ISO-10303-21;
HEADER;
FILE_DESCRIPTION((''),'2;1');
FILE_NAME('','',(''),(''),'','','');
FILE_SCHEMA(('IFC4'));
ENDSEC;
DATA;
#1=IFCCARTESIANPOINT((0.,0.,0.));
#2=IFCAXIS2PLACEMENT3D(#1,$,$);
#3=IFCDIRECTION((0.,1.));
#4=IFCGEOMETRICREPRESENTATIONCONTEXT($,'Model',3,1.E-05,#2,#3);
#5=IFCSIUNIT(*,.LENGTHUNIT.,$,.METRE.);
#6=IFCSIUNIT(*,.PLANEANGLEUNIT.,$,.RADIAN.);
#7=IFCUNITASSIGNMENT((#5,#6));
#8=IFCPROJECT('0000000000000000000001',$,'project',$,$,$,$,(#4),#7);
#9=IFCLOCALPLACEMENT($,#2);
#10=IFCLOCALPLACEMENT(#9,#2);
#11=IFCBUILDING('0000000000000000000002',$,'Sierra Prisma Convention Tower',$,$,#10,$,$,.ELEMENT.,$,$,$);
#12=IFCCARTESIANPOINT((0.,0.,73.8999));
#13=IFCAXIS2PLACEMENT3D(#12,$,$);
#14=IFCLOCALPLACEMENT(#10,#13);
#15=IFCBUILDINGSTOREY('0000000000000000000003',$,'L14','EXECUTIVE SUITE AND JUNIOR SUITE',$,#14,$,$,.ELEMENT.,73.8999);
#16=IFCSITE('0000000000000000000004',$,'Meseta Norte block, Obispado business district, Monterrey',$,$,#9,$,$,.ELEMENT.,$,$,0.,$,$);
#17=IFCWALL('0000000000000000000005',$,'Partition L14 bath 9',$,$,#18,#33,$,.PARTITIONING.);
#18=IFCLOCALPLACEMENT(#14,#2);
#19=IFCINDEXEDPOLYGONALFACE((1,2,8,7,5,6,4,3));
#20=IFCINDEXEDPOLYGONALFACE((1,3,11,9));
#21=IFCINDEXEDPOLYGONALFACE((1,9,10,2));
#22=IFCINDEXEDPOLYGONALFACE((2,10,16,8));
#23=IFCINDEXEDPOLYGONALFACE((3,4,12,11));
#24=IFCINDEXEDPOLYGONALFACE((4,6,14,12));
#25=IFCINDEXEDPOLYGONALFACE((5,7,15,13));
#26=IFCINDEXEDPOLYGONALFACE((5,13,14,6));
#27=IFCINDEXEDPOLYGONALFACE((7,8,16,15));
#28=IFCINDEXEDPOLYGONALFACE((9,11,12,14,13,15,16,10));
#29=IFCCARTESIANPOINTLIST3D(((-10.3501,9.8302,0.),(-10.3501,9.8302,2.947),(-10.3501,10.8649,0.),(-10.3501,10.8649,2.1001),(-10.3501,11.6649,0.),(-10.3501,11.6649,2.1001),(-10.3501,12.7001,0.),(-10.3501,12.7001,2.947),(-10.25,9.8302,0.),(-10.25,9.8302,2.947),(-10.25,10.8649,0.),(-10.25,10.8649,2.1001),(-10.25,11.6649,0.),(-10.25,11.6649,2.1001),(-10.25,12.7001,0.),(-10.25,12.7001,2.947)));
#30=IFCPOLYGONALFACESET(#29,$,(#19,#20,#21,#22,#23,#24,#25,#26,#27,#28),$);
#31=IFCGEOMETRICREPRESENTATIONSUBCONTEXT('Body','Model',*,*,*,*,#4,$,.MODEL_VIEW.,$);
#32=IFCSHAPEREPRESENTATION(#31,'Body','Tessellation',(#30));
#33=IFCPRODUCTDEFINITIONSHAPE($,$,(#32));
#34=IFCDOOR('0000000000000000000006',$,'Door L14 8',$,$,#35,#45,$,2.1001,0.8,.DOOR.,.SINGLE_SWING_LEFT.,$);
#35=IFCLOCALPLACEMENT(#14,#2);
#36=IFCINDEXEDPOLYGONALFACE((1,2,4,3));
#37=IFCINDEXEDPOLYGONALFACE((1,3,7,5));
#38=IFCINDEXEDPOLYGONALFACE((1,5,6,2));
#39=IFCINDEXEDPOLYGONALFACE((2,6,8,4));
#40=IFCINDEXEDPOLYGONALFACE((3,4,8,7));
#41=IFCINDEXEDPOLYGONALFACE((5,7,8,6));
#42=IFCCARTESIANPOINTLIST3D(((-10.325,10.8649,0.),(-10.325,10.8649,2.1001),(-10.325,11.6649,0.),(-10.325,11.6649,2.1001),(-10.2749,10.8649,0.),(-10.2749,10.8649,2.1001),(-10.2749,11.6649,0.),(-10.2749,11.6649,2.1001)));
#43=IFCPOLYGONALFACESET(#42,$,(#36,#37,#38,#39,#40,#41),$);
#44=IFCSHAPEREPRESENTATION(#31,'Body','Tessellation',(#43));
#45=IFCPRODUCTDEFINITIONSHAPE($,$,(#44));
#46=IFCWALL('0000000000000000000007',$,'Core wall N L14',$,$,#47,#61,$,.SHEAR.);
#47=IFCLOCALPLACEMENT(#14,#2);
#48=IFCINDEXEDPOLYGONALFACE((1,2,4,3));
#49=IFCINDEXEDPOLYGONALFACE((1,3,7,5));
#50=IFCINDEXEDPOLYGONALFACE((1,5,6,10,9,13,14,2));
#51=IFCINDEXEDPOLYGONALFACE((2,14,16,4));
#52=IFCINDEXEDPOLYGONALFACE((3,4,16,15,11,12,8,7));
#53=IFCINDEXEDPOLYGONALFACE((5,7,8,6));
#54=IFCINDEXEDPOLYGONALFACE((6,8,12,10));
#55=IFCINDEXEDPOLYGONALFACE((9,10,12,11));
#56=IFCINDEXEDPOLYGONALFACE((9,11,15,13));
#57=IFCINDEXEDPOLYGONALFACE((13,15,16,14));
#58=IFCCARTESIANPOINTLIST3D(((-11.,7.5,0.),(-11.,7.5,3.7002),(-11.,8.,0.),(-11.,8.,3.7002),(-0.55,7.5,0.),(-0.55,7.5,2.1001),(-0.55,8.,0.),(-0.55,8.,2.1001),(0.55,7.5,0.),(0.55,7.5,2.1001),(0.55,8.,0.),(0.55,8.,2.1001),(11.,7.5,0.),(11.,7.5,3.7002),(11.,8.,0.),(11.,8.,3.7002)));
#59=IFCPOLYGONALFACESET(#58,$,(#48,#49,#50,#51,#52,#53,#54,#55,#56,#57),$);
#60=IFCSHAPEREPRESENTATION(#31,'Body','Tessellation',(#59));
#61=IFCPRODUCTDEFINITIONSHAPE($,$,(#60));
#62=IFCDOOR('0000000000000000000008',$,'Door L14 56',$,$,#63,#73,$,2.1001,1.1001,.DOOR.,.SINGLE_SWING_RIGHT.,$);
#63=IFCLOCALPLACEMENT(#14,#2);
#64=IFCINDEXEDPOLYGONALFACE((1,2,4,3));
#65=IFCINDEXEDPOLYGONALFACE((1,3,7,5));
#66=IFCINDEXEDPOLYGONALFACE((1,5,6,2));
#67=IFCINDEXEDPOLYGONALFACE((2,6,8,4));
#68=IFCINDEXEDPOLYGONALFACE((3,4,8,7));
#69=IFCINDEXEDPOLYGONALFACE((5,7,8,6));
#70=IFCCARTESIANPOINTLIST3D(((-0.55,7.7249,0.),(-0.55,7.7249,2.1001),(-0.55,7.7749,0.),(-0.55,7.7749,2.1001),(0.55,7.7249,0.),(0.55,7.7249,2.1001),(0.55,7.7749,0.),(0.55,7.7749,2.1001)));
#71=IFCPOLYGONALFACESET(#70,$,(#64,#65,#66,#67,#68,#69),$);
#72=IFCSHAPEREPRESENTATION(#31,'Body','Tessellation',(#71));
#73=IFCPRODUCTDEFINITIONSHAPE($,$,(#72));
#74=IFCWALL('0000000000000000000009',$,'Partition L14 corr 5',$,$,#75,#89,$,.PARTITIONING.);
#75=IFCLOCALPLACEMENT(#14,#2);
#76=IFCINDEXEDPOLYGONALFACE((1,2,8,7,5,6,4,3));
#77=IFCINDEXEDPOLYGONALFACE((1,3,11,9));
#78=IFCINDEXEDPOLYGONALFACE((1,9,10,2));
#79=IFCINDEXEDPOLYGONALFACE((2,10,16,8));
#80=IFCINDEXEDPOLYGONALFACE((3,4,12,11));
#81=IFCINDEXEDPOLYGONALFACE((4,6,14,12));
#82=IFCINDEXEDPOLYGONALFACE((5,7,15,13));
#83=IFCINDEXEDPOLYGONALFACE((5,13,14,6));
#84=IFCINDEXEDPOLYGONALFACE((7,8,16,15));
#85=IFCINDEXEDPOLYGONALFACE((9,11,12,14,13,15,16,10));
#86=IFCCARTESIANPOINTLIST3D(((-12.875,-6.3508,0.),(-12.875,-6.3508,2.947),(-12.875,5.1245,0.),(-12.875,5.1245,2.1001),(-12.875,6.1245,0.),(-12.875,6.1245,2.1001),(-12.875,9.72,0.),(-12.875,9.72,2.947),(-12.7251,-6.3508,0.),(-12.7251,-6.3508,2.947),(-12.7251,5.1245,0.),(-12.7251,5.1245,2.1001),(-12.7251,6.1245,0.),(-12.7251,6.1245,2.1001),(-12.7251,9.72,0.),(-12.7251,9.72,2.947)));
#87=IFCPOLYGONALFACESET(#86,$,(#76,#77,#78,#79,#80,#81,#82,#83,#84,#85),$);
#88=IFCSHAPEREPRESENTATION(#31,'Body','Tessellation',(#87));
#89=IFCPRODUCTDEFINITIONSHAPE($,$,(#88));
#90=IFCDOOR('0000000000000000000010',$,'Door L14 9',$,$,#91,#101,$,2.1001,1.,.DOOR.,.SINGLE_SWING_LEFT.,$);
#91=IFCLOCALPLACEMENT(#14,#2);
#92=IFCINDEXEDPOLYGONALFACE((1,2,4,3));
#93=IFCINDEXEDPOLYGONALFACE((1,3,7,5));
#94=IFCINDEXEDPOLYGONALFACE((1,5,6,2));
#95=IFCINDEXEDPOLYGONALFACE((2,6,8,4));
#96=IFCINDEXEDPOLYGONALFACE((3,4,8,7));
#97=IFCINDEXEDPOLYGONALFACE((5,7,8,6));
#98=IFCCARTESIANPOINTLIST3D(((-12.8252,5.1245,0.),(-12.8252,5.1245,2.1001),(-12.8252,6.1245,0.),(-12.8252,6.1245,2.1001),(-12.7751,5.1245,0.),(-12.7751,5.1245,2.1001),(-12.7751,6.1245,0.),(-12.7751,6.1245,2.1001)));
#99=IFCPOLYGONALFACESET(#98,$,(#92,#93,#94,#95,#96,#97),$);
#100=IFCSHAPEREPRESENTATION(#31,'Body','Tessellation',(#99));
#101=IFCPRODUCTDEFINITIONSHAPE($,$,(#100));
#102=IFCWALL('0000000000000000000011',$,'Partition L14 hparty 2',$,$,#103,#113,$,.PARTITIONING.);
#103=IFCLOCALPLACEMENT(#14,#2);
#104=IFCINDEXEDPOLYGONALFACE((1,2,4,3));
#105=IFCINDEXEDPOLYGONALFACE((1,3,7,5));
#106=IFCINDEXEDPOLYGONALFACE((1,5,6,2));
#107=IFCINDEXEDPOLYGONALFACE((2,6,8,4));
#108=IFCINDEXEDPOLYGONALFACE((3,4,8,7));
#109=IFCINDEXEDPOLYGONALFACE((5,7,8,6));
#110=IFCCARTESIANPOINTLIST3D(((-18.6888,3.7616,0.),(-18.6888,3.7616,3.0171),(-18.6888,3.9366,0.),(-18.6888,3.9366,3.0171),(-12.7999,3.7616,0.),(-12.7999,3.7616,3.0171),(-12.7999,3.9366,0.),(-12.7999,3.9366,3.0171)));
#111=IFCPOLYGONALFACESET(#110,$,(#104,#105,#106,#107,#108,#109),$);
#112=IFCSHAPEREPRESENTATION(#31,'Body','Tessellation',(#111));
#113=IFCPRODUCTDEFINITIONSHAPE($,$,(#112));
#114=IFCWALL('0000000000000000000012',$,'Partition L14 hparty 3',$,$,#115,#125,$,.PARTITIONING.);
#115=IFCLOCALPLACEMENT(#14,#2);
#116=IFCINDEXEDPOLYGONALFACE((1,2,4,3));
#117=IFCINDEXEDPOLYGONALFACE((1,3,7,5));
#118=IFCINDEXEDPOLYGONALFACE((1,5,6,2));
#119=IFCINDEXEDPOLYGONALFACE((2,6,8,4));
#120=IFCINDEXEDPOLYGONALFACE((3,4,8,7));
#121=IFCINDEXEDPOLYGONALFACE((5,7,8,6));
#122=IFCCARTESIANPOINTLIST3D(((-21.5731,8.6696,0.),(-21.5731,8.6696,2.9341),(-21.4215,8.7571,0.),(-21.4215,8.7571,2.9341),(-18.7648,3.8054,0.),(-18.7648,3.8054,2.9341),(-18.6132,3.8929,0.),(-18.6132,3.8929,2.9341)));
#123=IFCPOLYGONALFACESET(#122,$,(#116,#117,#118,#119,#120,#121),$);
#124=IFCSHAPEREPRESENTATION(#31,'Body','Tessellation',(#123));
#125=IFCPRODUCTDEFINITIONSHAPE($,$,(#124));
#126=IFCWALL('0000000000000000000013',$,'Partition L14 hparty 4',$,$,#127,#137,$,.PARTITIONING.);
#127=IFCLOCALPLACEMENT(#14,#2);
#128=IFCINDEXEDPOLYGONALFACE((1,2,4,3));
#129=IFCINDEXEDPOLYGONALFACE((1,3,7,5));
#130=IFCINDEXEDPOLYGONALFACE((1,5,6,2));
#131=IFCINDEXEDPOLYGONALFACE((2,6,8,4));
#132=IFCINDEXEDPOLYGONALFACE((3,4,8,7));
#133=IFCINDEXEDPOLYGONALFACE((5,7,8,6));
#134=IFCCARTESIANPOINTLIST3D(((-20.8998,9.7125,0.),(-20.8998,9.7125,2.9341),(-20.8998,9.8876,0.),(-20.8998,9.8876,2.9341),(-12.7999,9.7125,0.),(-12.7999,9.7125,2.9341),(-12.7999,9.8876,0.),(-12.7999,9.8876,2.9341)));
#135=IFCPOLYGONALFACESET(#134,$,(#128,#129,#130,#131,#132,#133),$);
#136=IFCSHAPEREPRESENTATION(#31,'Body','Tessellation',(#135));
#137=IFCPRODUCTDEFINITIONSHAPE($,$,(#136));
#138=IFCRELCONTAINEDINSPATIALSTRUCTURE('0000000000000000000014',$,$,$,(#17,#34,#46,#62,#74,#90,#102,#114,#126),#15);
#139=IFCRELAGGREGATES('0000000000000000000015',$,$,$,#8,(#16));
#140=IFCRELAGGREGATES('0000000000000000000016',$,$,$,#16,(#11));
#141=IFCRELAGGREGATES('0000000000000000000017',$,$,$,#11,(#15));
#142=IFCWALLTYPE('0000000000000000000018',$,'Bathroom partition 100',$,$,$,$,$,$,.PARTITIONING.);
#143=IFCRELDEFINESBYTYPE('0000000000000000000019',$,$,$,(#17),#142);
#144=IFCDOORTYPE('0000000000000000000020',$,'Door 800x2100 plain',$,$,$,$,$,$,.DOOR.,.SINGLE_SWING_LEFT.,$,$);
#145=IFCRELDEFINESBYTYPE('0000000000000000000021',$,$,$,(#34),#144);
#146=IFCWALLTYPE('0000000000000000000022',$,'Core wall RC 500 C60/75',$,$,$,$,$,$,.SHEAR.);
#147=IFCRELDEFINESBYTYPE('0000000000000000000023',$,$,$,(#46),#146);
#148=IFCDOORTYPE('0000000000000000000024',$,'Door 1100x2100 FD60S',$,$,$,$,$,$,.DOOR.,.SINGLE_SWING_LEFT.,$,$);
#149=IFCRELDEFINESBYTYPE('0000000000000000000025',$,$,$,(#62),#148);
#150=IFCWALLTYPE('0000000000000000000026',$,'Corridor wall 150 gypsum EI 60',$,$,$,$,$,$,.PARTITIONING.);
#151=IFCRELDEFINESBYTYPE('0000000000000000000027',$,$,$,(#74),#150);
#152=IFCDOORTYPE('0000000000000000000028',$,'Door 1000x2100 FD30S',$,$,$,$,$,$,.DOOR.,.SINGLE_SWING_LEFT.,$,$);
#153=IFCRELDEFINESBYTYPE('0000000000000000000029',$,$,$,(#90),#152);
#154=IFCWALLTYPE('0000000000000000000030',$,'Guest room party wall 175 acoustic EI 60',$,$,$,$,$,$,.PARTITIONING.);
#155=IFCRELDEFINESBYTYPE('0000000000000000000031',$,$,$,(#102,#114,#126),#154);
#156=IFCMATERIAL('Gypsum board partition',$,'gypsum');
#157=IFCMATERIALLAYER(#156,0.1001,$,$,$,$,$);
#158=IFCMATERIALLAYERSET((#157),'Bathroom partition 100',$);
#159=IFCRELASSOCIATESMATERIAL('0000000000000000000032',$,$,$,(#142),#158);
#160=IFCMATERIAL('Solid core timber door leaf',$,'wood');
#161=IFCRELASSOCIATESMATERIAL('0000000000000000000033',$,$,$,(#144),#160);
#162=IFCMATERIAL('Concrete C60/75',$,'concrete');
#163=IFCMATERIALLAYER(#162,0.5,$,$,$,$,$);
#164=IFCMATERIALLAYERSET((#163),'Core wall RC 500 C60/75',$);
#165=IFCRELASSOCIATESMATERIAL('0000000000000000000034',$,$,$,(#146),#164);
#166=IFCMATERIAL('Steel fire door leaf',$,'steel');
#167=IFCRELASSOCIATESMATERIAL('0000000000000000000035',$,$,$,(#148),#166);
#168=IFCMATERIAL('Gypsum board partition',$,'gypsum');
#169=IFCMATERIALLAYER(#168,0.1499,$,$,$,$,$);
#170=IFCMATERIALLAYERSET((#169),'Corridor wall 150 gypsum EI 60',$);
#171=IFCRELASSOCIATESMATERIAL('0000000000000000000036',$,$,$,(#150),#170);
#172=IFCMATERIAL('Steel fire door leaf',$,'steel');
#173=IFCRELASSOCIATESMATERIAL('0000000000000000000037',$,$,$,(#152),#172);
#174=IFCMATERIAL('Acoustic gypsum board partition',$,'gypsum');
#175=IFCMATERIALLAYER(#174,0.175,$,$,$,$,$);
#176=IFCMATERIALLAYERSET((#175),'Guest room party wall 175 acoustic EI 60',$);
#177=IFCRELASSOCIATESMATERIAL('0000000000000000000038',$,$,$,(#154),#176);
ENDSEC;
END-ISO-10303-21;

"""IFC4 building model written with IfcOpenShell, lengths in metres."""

from ifc_helpers import new_model, si_unit, direction, frame, frame_2d, origin, place, context, subcontext, project, spatial, rectangle, extrude, material, layer, layer_set, type_object, element, fill, save


model = new_model("IFC4")

# Units and contexts
model_context = context("Model", 3, precision=1e-05, world=origin(), true_north=direction((0.0, 1.0)))
body_context = subcontext(model_context, "Body", "Model", "MODEL_VIEW")
ifc_project = project(units=[si_unit("LENGTHUNIT", "METRE"), si_unit("PLANEANGLEUNIT", "RADIAN")], contexts=[model_context])

# Site, building, storey
site_placement = place(None, origin())
site = spatial("IfcSite", under=ifc_project, at=site_placement, Name="Meseta Norte block, Obispado business district, Monterrey", CompositionType="ELEMENT", RefElevation=0.0)
building_placement = place(site_placement, origin())
building = spatial("IfcBuilding", under=site, at=building_placement, Name="Sierra Prisma Convention Tower", CompositionType="ELEMENT")
storey_placement = place(building_placement, frame((0.0, 0.0, 73.8999)))
storey = spatial("IfcBuildingStorey", under=building, at=storey_placement, Name="L14", Description="EXECUTIVE SUITE AND JUNIOR SUITE", CompositionType="ELEMENT", Elevation=73.8999)

# Shared definitions
ifc_material_1 = material(Name="Gypsum board partition", Category="gypsum")
ifc_layer_1 = layer(ifc_material_1, 0.1001)
ifc_layer_set_1 = layer_set([ifc_layer_1], Name="Bathroom partition 100")
wall_type_1 = type_object("IfcWallType", Name="Bathroom partition 100", PredefinedType="PARTITIONING", material=ifc_layer_set_1)
ifc_material_2 = material(Name="Solid core timber door leaf", Category="wood")
door_type_1 = type_object("IfcDoorType", Name="Door 800x2100 plain", OperationType="SINGLE_SWING_LEFT", PredefinedType="DOOR", material=ifc_material_2)

# Walls, openings, doors
wall_1_placement = place(storey_placement, frame((-10.3, 9.8301, 0.0), z_axis=(0.0, 0.0, 1.0), x_axis=(0.0, 1.0, 0.0)))
wall_1 = element("IfcWall", 1, at=wall_1_placement, inside=storey, type_object=wall_type_1, Name="Partition L14 bath 9", PredefinedType="PARTITIONING", context=body_context, shape_type="SweptSolid", body=[
    extrude(rectangle(XDim=2.8699, YDim=0.1001, at=frame_2d((1.4351, 0.0))), origin(), (0.0, 0.0, 1.0), 2.947),
])
opening_1_placement = place(wall_1_placement, frame((1.0349, 0.0, 0.0)))
opening_1 = element("IfcOpeningElement", 2, at=opening_1_placement, cuts=wall_1, PredefinedType="OPENING", context=body_context, shape_type="SweptSolid", body=[
    extrude(rectangle(XDim=0.8, YDim=2.1001, at=frame_2d((0.3999, 1.05))), frame((0.0, 0.05, 0.0), z_axis=(0.0, -1.0, 0.0), x_axis=(1.0, 0.0, 0.0)), (0.0, 0.0, 1.0), 0.1001),
])
door_1_placement = place(opening_1_placement, origin())
door_1 = element("IfcDoor", 3, at=door_1_placement, inside=storey, type_object=door_type_1, Name="Door L14 8", OperationType="SINGLE_SWING_LEFT", OverallHeight=2.1001, OverallWidth=0.8, PredefinedType="DOOR", context=body_context, shape_type="SweptSolid", body=[
    extrude(rectangle(XDim=0.8, YDim=2.1001, at=frame_2d((0.3999, 1.05))), frame((0.0, 0.0249, 0.0), z_axis=(0.0, -1.0, 0.0), x_axis=(1.0, 0.0, 0.0)), (0.0, 0.0, 1.0), 0.05),
])
fill(opening_1, door_1)
ifc_material_3 = material(Name="Concrete C60/75", Category="concrete")
ifc_layer_2 = layer(ifc_material_3, 0.5)
ifc_layer_set_2 = layer_set([ifc_layer_2], Name="Core wall RC 500 C60/75")
wall_type_2 = type_object("IfcWallType", Name="Core wall RC 500 C60/75", PredefinedType="SHEAR", material=ifc_layer_set_2)
wall_2_placement = place(storey_placement, frame((-11.0, 7.75, 0.0), z_axis=(0.0, 0.0, 1.0), x_axis=(1.0, 0.0, 0.0)))
wall_2 = element("IfcWall", 4, at=wall_2_placement, inside=storey, type_object=wall_type_2, Name="Core wall N L14", PredefinedType="SHEAR", context=body_context, shape_type="SweptSolid", body=[
    extrude(rectangle(XDim=22.0, YDim=0.5, at=frame_2d((11.0, 0.0))), origin(), (0.0, 0.0, 1.0), 3.7002),
])
opening_2_placement = place(wall_2_placement, frame((10.45, 0.0, 0.0)))
opening_2 = element("IfcOpeningElement", 5, at=opening_2_placement, cuts=wall_2, PredefinedType="OPENING", context=body_context, shape_type="SweptSolid", body=[
    extrude(rectangle(XDim=1.1001, YDim=2.1001, at=frame_2d((0.55, 1.05))), frame((0.0, 0.25, 0.0), z_axis=(0.0, -1.0, 0.0), x_axis=(1.0, 0.0, 0.0)), (0.0, 0.0, 1.0), 0.5),
])
ifc_material_4 = material(Name="Steel fire door leaf", Category="steel")
door_type_2 = type_object("IfcDoorType", Name="Door 1100x2100 FD60S", OperationType="SINGLE_SWING_LEFT", PredefinedType="DOOR", material=ifc_material_4)
door_2_placement = place(opening_2_placement, origin())
door_2 = element("IfcDoor", 6, at=door_2_placement, inside=storey, type_object=door_type_2, Name="Door L14 56", OperationType="SINGLE_SWING_RIGHT", OverallHeight=2.1001, OverallWidth=1.1001, PredefinedType="DOOR", context=body_context, shape_type="SweptSolid", body=[
    extrude(rectangle(XDim=1.1001, YDim=2.1001, at=frame_2d((0.55, 1.05))), frame((0.0, 0.0249, 0.0), z_axis=(0.0, -1.0, 0.0), x_axis=(1.0, 0.0, 0.0)), (0.0, 0.0, 1.0), 0.05),
])
fill(opening_2, door_2)
ifc_material_5 = material(Name="Gypsum board partition", Category="gypsum")
ifc_layer_3 = layer(ifc_material_5, 0.1499)
ifc_layer_set_3 = layer_set([ifc_layer_3], Name="Corridor wall 150 gypsum EI 60")
wall_type_3 = type_object("IfcWallType", Name="Corridor wall 150 gypsum EI 60", PredefinedType="PARTITIONING", material=ifc_layer_set_3)
wall_3_placement = place(storey_placement, frame((-12.8, 9.72, 0.0), z_axis=(0.0, 0.0, 1.0), x_axis=(0.0, -1.0, 0.0)))
wall_3 = element("IfcWall", 7, at=wall_3_placement, inside=storey, type_object=wall_type_3, Name="Partition L14 corr 5", PredefinedType="PARTITIONING", context=body_context, shape_type="SweptSolid", body=[
    extrude(rectangle(XDim=16.0708, YDim=0.1499, at=frame_2d((8.0354, 0.0))), origin(), (0.0, 0.0, 1.0), 2.947),
])
opening_3_placement = place(wall_3_placement, frame((3.5955, 0.0, 0.0)))
opening_3 = element("IfcOpeningElement", 8, at=opening_3_placement, cuts=wall_3, PredefinedType="OPENING", context=body_context, shape_type="SweptSolid", body=[
    extrude(rectangle(XDim=1.0, YDim=2.1001, at=frame_2d((0.5, 1.05))), frame((0.0, 0.075, 0.0), z_axis=(0.0, -1.0, 0.0), x_axis=(1.0, 0.0, 0.0)), (0.0, 0.0, 1.0), 0.1499),
])
ifc_material_6 = material(Name="Steel fire door leaf", Category="steel")
door_type_3 = type_object("IfcDoorType", Name="Door 1000x2100 FD30S", OperationType="SINGLE_SWING_LEFT", PredefinedType="DOOR", material=ifc_material_6)
door_3_placement = place(opening_3_placement, origin())
door_3 = element("IfcDoor", 9, at=door_3_placement, inside=storey, type_object=door_type_3, Name="Door L14 9", OperationType="SINGLE_SWING_LEFT", OverallHeight=2.1001, OverallWidth=1.0, PredefinedType="DOOR", context=body_context, shape_type="SweptSolid", body=[
    extrude(rectangle(XDim=1.0, YDim=2.1001, at=frame_2d((0.5, 1.05))), frame((0.0, 0.0249, 0.0), z_axis=(0.0, -1.0, 0.0), x_axis=(1.0, 0.0, 0.0)), (0.0, 0.0, 1.0), 0.05),
])
fill(opening_3, door_3)

# Walls
ifc_material_7 = material(Name="Acoustic gypsum board partition", Category="gypsum")
ifc_layer_4 = layer(ifc_material_7, 0.175)
ifc_layer_set_4 = layer_set([ifc_layer_4], Name="Guest room party wall 175 acoustic EI 60")
wall_type_4 = type_object("IfcWallType", Name="Guest room party wall 175 acoustic EI 60", PredefinedType="PARTITIONING", material=ifc_layer_set_4)
wall_4_placement = place(storey_placement, frame((-12.8, 3.8491, 0.0), z_axis=(0.0, 0.0, 1.0), x_axis=(-1.0, 0.0, 0.0)))
element("IfcWall", 10, at=wall_4_placement, inside=storey, type_object=wall_type_4, Name="Partition L14 hparty 2", PredefinedType="PARTITIONING", context=body_context, shape_type="SweptSolid", body=[
    extrude(rectangle(XDim=5.8889, YDim=0.175, at=frame_2d((2.9443, 0.0))), origin(), (0.0, 0.0, 1.0), 3.0171),
])
wall_5_placement = place(storey_placement, frame((-18.689, 3.8491, 0.0), z_axis=(0.0, 0.0, 1.0), x_axis=(-0.499996, 0.866028, 0.0)))
element("IfcWall", 11, at=wall_5_placement, inside=storey, type_object=wall_type_4, Name="Partition L14 hparty 3", PredefinedType="PARTITIONING", context=body_context, shape_type="SweptSolid", body=[
    extrude(rectangle(XDim=5.6167, YDim=0.175, at=frame_2d((2.8083, 0.0))), origin(), (0.0, 0.0, 1.0), 2.9341),
])
wall_6_placement = place(storey_placement, frame((-12.8, 9.8, 0.0), z_axis=(0.0, 0.0, 1.0), x_axis=(-1.0, 0.0, 0.0)))
element("IfcWall", 12, at=wall_6_placement, inside=storey, type_object=wall_type_4, Name="Partition L14 hparty 4", PredefinedType="PARTITIONING", context=body_context, shape_type="SweptSolid", body=[
    extrude(rectangle(XDim=8.0999, YDim=0.175, at=frame_2d((4.0498, 0.0))), origin(), (0.0, 0.0, 1.0), 2.9341),
])

save(model, "model.ifc")
